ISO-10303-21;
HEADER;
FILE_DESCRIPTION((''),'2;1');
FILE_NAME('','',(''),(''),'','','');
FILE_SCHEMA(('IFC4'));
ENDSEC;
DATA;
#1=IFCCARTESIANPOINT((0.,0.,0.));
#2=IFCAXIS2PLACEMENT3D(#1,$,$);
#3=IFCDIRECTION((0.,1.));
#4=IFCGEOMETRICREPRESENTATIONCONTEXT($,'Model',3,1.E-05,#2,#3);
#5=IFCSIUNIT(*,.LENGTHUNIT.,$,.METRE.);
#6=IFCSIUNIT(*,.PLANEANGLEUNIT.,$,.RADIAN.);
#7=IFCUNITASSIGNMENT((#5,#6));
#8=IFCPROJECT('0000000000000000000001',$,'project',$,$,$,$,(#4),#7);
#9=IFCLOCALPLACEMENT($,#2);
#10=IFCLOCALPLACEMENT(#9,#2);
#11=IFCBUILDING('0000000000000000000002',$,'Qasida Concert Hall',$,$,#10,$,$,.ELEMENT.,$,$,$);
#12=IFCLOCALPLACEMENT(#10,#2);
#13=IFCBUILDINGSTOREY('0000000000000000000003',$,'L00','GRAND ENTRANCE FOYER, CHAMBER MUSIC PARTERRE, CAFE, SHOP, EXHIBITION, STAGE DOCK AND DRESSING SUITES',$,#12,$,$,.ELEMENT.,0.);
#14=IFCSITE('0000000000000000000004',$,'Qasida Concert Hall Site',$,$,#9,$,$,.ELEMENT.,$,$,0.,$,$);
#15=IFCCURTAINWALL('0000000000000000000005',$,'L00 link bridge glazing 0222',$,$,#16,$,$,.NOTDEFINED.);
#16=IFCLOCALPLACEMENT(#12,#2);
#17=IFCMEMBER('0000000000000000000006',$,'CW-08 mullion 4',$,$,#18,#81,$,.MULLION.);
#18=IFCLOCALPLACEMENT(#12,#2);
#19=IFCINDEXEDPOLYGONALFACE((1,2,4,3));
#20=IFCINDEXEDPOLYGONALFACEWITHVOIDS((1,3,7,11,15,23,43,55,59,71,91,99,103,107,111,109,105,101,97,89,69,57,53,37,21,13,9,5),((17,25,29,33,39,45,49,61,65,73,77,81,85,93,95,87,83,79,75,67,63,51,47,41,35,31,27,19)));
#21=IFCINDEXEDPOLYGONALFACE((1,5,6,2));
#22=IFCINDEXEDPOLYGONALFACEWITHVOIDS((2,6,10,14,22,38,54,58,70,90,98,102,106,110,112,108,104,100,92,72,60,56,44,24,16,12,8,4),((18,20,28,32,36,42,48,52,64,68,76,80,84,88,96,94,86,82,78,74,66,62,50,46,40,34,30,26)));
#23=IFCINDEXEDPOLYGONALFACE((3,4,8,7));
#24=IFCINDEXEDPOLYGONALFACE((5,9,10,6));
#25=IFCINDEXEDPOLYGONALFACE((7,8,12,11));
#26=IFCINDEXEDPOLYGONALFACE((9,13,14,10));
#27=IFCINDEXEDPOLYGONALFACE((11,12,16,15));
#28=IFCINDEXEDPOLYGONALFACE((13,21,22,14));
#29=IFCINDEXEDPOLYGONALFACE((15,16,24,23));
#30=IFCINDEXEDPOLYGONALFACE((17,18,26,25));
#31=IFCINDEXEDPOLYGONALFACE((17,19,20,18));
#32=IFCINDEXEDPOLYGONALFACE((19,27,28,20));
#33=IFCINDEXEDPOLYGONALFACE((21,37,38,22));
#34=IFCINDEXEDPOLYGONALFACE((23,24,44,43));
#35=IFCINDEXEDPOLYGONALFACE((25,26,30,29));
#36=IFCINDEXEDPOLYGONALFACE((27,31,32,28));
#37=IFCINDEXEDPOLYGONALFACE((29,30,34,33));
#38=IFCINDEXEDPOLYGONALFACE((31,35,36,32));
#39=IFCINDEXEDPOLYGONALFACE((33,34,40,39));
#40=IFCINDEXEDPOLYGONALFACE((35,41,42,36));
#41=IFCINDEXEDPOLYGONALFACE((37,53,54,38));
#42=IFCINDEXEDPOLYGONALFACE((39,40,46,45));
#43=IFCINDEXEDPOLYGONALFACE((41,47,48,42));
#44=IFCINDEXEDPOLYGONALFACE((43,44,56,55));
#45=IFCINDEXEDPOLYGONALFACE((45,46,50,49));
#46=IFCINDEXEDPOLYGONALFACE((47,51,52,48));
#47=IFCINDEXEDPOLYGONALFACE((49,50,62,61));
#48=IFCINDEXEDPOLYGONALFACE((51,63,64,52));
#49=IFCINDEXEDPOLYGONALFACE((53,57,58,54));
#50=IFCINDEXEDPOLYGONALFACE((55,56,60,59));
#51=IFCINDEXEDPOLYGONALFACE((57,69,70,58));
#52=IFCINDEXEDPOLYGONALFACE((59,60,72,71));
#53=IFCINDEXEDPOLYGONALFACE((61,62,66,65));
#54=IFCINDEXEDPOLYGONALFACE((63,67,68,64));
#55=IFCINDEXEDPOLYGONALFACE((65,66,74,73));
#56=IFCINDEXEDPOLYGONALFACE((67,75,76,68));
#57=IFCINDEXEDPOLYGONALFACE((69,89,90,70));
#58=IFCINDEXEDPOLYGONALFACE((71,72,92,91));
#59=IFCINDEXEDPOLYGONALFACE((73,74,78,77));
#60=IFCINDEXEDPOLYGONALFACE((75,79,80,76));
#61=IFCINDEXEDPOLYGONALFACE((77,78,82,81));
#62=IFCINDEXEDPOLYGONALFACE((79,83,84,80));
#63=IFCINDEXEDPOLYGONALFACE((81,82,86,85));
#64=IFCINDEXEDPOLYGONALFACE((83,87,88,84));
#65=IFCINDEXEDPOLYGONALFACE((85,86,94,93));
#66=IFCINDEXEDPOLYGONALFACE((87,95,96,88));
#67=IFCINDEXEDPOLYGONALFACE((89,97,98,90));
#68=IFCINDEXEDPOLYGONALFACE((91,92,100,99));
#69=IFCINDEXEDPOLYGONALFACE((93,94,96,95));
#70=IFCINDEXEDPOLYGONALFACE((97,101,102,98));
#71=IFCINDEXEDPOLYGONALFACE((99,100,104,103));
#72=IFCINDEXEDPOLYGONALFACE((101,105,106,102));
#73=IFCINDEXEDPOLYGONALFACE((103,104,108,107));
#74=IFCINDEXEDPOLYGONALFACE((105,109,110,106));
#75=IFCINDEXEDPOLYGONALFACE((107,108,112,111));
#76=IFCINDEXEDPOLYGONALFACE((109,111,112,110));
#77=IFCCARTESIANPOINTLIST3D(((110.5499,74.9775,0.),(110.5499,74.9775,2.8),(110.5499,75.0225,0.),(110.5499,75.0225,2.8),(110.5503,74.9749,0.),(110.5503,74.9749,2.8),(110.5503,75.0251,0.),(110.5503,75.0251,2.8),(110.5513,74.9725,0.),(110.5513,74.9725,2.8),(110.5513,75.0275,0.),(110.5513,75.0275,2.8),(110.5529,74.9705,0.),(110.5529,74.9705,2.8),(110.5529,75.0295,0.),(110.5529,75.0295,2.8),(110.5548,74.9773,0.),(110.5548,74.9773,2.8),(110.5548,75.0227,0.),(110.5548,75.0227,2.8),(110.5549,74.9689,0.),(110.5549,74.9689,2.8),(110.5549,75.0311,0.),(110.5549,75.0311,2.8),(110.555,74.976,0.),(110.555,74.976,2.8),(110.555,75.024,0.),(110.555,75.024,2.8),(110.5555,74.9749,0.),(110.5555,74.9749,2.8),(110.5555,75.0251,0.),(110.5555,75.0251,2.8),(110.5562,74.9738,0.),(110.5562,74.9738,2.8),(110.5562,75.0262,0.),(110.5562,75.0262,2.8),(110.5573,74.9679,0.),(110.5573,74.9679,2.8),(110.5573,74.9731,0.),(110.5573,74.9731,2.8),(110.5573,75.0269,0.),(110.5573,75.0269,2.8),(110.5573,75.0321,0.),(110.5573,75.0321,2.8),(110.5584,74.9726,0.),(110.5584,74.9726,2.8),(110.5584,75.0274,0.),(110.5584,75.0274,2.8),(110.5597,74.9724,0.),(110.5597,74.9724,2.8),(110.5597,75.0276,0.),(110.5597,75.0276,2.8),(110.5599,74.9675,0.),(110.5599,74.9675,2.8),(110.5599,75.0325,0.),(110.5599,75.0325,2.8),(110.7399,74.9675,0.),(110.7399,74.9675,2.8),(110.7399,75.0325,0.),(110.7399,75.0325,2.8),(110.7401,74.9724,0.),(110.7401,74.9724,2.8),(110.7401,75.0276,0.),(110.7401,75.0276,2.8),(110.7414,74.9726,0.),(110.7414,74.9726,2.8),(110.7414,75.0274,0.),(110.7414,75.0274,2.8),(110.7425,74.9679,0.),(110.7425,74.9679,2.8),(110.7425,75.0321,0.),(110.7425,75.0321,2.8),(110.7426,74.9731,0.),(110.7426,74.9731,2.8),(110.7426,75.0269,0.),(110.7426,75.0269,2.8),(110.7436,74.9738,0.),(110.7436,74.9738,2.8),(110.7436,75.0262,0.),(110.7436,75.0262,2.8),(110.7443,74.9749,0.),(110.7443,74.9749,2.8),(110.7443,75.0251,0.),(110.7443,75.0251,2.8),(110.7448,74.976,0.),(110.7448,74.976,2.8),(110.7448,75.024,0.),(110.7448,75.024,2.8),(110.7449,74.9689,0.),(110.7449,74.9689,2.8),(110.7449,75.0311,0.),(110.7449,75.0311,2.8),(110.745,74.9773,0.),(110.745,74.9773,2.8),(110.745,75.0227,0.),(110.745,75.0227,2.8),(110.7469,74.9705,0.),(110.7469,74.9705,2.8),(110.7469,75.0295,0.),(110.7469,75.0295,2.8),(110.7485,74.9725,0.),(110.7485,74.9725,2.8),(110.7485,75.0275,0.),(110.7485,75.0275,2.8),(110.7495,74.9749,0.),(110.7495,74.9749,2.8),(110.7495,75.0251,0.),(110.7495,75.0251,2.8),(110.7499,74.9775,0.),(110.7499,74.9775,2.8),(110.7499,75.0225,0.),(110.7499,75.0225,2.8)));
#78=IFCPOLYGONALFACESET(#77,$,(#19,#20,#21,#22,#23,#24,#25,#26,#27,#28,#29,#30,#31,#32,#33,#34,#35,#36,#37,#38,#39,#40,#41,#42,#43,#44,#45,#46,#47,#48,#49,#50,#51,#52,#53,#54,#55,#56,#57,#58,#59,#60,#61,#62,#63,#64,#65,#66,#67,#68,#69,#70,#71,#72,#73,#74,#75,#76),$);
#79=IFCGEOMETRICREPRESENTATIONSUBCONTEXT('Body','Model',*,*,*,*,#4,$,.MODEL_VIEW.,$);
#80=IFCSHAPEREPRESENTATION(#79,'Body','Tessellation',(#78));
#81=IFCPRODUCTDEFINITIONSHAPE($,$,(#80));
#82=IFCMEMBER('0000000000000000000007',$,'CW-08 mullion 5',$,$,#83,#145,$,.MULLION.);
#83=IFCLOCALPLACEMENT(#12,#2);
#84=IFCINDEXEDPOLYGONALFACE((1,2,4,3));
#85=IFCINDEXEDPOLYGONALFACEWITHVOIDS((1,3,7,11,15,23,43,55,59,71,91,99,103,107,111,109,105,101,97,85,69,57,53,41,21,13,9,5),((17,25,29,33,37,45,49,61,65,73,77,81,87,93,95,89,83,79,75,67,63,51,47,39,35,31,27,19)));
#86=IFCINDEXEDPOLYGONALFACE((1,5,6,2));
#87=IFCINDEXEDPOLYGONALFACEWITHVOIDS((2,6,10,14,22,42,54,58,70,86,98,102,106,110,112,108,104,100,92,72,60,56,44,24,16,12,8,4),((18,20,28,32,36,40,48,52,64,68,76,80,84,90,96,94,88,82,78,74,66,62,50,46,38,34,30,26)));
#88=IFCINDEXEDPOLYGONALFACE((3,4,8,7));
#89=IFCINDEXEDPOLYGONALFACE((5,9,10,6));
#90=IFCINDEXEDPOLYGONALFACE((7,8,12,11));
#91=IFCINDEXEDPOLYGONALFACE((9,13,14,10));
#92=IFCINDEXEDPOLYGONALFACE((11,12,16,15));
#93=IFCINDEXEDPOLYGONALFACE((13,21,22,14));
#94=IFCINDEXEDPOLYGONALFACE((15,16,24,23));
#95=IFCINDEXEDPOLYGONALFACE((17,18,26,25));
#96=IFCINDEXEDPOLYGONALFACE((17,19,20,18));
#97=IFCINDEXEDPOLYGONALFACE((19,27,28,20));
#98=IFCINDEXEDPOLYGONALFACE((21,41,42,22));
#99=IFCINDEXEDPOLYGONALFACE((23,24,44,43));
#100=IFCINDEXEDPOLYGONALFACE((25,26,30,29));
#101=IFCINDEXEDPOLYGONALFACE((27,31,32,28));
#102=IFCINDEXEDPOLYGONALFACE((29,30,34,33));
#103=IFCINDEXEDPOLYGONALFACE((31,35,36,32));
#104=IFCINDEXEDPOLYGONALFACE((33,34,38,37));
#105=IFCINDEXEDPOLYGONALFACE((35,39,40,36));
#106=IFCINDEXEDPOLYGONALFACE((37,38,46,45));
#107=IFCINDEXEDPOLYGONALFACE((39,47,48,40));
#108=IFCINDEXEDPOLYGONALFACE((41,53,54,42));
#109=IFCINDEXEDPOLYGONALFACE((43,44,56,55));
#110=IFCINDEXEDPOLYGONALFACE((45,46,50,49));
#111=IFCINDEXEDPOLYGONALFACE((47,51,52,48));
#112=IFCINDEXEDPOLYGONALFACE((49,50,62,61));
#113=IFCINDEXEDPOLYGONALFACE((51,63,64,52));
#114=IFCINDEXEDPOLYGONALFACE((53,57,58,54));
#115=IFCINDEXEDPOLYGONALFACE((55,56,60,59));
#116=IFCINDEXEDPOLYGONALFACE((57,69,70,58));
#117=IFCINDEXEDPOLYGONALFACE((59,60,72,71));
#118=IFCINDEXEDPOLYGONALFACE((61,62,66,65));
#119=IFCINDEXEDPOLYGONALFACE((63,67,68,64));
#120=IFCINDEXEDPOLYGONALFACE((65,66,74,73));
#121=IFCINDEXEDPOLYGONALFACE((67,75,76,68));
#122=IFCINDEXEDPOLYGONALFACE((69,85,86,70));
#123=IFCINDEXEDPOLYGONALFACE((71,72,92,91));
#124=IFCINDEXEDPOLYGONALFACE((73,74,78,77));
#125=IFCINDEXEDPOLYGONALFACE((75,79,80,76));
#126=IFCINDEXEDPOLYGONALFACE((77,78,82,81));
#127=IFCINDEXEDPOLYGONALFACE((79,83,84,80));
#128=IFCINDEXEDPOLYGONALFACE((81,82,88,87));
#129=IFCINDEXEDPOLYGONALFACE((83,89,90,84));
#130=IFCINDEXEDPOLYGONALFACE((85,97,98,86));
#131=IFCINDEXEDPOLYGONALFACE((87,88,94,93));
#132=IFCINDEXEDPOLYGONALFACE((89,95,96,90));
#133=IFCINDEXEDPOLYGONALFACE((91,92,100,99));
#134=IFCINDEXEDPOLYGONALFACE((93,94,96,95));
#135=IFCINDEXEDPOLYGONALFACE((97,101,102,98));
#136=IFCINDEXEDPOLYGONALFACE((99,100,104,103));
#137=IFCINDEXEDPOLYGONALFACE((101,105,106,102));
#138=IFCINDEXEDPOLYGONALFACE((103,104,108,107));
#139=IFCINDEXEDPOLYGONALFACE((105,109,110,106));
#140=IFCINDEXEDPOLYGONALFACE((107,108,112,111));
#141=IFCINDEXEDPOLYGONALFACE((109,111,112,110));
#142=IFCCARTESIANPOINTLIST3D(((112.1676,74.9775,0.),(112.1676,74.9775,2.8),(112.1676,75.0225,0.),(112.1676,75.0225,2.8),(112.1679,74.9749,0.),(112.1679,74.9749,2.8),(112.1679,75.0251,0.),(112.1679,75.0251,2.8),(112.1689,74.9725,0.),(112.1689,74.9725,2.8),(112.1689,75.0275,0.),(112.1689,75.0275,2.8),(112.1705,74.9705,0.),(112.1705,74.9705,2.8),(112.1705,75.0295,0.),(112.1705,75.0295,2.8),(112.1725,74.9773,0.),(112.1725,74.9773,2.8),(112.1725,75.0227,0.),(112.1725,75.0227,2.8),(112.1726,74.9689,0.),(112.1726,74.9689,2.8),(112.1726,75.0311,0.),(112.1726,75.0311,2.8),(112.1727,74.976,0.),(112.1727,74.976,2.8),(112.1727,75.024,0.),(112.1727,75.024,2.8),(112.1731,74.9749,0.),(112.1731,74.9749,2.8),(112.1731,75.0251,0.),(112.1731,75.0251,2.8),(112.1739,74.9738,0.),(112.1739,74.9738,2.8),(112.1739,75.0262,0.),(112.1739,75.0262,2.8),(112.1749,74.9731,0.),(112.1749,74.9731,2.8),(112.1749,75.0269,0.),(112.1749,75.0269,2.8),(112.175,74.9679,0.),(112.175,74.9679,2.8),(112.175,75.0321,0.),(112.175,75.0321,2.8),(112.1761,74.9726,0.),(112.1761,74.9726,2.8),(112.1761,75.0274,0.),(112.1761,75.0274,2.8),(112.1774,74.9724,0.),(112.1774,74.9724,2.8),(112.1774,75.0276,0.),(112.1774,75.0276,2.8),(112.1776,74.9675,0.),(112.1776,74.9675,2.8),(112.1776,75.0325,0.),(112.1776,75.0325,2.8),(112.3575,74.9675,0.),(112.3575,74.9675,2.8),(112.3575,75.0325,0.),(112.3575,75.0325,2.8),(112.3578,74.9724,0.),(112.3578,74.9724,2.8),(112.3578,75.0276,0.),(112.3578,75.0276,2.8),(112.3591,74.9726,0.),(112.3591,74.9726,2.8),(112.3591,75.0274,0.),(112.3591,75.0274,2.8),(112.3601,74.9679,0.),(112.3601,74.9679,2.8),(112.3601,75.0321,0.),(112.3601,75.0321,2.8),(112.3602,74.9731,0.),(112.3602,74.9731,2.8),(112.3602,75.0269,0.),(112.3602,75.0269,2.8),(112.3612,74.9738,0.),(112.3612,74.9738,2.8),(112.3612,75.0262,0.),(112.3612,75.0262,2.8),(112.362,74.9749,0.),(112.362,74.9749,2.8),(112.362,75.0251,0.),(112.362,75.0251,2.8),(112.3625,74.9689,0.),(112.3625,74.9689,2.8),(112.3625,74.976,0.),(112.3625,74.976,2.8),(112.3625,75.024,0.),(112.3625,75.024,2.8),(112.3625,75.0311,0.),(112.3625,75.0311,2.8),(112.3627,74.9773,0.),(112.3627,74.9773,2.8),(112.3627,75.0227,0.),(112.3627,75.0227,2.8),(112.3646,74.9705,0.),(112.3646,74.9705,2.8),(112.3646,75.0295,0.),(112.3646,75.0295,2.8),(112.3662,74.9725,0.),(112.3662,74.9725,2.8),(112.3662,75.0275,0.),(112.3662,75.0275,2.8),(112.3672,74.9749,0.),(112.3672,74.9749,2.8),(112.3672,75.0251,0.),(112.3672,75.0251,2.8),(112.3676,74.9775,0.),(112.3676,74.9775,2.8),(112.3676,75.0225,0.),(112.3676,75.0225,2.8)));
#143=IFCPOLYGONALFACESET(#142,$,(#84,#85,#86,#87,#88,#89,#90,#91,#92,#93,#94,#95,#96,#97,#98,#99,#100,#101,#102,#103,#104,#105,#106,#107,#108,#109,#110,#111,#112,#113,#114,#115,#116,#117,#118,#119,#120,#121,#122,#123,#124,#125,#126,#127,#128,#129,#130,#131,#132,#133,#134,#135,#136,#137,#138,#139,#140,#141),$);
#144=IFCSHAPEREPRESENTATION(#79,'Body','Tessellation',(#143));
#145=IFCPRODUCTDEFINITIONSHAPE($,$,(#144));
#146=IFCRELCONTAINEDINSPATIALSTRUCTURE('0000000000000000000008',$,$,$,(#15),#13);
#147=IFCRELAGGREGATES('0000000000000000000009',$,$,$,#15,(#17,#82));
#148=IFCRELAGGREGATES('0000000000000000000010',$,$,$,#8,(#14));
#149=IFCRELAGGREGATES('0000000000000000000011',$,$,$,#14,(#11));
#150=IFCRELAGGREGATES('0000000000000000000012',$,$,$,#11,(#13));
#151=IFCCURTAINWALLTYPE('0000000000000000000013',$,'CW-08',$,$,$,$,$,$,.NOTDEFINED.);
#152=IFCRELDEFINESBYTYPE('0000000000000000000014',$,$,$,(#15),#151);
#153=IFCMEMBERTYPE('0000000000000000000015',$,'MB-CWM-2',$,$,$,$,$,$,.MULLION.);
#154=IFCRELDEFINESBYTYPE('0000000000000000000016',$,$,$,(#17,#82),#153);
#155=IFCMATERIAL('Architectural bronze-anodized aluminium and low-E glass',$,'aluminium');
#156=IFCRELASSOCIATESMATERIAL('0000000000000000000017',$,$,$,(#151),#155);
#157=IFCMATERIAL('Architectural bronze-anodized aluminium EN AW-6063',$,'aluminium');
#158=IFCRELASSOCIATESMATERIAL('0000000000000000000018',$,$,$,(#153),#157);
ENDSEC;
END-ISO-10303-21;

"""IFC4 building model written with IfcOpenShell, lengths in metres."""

from ifc_helpers import new_model, si_unit, direction, frame, origin, origin_2d, place, context, subcontext, project, spatial, hollow_rectangle, extrude, material, material_profile, profile_set, type_object, element, aggregate, save


model = new_model("IFC4")

# Units and contexts
model_context = context("Model", 3, precision=1e-05, world=origin(), true_north=direction((0.0, 1.0)))
body_context = subcontext(model_context, "Body", "Model", "MODEL_VIEW")
ifc_project = project(units=[si_unit("LENGTHUNIT", "METRE"), si_unit("PLANEANGLEUNIT", "RADIAN")], contexts=[model_context])

# Site, building, storey
site_placement = place(None, origin())
site = spatial("IfcSite", under=ifc_project, at=site_placement, Name="Qasida Concert Hall Site", CompositionType="ELEMENT", RefElevation=0.0)
building_placement = place(site_placement, origin())
building = spatial("IfcBuilding", under=site, at=building_placement, Name="Qasida Concert Hall", CompositionType="ELEMENT")
storey_placement = place(building_placement, origin())
storey = spatial("IfcBuildingStorey", under=building, at=storey_placement, Name="L00", Description="GRAND ENTRANCE FOYER, CHAMBER MUSIC PARTERRE, CAFE, SHOP, EXHIBITION, STAGE DOCK AND DRESSING SUITES", CompositionType="ELEMENT", Elevation=0.0)

# Curtain wall, members
ifc_material_1 = material(Name="Architectural bronze-anodized aluminium and low-E glass", Category="aluminium")
curtain_wall_type = type_object("IfcCurtainWallType", Name="CW-08", PredefinedType="NOTDEFINED", material=ifc_material_1)
curtain_wall_1_placement = place(storey_placement, origin())
curtain_wall_1 = element("IfcCurtainWall", 1, at=curtain_wall_1_placement, inside=storey, type_object=curtain_wall_type, Name="L00 link bridge glazing 0222", PredefinedType="NOTDEFINED")
ifc_material_2 = material(Name="Architectural bronze-anodized aluminium EN AW-6063", Category="aluminium")
ifc_material_profile_1 = material_profile(ifc_material_2, hollow_rectangle(XDim=0.0649, YDim=0.2, WallThickness=0.0049, InnerFilletRadius=0.0049, OuterFilletRadius=0.01, at=origin_2d()), Name="CWM 200x65x5")
ifc_profile_set_1 = profile_set([ifc_material_profile_1], Name="Architectural bronze-anodized aluminium EN AW-6063")
member_type_1 = type_object("IfcMemberType", Name="MB-CWM-2", PredefinedType="MULLION", material=ifc_profile_set_1)
member_1_placement = place(storey_placement, frame((110.6499, 75.0, 0.0), z_axis=(0.0, 0.0, 1.0), x_axis=(0.0, 1.0, 0.0)))
member_1 = element("IfcMember", 2, at=member_1_placement, type_object=member_type_1, Name="CW-08 mullion 4", PredefinedType="MULLION", context=body_context, shape_type="SweptSolid", body=[
    extrude(hollow_rectangle(XDim=0.0649, YDim=0.2, WallThickness=0.0049, InnerFilletRadius=0.0049, OuterFilletRadius=0.01, at=origin_2d()), origin(), (0.0, 0.0, 1.0), 2.8),
])
member_2_placement = place(storey_placement, frame((112.2676, 75.0, 0.0), z_axis=(0.0, 0.0, 1.0), x_axis=(0.0, 1.0, 0.0)))
member_2 = element("IfcMember", 3, at=member_2_placement, type_object=member_type_1, Name="CW-08 mullion 5", PredefinedType="MULLION", context=body_context, shape_type="SweptSolid", body=[
    extrude(hollow_rectangle(XDim=0.0649, YDim=0.2, WallThickness=0.0049, InnerFilletRadius=0.0049, OuterFilletRadius=0.01, at=origin_2d()), origin(), (0.0, 0.0, 1.0), 2.8),
])

aggregate(curtain_wall_1, [member_1, member_2])

save(model, "model.ifc")
